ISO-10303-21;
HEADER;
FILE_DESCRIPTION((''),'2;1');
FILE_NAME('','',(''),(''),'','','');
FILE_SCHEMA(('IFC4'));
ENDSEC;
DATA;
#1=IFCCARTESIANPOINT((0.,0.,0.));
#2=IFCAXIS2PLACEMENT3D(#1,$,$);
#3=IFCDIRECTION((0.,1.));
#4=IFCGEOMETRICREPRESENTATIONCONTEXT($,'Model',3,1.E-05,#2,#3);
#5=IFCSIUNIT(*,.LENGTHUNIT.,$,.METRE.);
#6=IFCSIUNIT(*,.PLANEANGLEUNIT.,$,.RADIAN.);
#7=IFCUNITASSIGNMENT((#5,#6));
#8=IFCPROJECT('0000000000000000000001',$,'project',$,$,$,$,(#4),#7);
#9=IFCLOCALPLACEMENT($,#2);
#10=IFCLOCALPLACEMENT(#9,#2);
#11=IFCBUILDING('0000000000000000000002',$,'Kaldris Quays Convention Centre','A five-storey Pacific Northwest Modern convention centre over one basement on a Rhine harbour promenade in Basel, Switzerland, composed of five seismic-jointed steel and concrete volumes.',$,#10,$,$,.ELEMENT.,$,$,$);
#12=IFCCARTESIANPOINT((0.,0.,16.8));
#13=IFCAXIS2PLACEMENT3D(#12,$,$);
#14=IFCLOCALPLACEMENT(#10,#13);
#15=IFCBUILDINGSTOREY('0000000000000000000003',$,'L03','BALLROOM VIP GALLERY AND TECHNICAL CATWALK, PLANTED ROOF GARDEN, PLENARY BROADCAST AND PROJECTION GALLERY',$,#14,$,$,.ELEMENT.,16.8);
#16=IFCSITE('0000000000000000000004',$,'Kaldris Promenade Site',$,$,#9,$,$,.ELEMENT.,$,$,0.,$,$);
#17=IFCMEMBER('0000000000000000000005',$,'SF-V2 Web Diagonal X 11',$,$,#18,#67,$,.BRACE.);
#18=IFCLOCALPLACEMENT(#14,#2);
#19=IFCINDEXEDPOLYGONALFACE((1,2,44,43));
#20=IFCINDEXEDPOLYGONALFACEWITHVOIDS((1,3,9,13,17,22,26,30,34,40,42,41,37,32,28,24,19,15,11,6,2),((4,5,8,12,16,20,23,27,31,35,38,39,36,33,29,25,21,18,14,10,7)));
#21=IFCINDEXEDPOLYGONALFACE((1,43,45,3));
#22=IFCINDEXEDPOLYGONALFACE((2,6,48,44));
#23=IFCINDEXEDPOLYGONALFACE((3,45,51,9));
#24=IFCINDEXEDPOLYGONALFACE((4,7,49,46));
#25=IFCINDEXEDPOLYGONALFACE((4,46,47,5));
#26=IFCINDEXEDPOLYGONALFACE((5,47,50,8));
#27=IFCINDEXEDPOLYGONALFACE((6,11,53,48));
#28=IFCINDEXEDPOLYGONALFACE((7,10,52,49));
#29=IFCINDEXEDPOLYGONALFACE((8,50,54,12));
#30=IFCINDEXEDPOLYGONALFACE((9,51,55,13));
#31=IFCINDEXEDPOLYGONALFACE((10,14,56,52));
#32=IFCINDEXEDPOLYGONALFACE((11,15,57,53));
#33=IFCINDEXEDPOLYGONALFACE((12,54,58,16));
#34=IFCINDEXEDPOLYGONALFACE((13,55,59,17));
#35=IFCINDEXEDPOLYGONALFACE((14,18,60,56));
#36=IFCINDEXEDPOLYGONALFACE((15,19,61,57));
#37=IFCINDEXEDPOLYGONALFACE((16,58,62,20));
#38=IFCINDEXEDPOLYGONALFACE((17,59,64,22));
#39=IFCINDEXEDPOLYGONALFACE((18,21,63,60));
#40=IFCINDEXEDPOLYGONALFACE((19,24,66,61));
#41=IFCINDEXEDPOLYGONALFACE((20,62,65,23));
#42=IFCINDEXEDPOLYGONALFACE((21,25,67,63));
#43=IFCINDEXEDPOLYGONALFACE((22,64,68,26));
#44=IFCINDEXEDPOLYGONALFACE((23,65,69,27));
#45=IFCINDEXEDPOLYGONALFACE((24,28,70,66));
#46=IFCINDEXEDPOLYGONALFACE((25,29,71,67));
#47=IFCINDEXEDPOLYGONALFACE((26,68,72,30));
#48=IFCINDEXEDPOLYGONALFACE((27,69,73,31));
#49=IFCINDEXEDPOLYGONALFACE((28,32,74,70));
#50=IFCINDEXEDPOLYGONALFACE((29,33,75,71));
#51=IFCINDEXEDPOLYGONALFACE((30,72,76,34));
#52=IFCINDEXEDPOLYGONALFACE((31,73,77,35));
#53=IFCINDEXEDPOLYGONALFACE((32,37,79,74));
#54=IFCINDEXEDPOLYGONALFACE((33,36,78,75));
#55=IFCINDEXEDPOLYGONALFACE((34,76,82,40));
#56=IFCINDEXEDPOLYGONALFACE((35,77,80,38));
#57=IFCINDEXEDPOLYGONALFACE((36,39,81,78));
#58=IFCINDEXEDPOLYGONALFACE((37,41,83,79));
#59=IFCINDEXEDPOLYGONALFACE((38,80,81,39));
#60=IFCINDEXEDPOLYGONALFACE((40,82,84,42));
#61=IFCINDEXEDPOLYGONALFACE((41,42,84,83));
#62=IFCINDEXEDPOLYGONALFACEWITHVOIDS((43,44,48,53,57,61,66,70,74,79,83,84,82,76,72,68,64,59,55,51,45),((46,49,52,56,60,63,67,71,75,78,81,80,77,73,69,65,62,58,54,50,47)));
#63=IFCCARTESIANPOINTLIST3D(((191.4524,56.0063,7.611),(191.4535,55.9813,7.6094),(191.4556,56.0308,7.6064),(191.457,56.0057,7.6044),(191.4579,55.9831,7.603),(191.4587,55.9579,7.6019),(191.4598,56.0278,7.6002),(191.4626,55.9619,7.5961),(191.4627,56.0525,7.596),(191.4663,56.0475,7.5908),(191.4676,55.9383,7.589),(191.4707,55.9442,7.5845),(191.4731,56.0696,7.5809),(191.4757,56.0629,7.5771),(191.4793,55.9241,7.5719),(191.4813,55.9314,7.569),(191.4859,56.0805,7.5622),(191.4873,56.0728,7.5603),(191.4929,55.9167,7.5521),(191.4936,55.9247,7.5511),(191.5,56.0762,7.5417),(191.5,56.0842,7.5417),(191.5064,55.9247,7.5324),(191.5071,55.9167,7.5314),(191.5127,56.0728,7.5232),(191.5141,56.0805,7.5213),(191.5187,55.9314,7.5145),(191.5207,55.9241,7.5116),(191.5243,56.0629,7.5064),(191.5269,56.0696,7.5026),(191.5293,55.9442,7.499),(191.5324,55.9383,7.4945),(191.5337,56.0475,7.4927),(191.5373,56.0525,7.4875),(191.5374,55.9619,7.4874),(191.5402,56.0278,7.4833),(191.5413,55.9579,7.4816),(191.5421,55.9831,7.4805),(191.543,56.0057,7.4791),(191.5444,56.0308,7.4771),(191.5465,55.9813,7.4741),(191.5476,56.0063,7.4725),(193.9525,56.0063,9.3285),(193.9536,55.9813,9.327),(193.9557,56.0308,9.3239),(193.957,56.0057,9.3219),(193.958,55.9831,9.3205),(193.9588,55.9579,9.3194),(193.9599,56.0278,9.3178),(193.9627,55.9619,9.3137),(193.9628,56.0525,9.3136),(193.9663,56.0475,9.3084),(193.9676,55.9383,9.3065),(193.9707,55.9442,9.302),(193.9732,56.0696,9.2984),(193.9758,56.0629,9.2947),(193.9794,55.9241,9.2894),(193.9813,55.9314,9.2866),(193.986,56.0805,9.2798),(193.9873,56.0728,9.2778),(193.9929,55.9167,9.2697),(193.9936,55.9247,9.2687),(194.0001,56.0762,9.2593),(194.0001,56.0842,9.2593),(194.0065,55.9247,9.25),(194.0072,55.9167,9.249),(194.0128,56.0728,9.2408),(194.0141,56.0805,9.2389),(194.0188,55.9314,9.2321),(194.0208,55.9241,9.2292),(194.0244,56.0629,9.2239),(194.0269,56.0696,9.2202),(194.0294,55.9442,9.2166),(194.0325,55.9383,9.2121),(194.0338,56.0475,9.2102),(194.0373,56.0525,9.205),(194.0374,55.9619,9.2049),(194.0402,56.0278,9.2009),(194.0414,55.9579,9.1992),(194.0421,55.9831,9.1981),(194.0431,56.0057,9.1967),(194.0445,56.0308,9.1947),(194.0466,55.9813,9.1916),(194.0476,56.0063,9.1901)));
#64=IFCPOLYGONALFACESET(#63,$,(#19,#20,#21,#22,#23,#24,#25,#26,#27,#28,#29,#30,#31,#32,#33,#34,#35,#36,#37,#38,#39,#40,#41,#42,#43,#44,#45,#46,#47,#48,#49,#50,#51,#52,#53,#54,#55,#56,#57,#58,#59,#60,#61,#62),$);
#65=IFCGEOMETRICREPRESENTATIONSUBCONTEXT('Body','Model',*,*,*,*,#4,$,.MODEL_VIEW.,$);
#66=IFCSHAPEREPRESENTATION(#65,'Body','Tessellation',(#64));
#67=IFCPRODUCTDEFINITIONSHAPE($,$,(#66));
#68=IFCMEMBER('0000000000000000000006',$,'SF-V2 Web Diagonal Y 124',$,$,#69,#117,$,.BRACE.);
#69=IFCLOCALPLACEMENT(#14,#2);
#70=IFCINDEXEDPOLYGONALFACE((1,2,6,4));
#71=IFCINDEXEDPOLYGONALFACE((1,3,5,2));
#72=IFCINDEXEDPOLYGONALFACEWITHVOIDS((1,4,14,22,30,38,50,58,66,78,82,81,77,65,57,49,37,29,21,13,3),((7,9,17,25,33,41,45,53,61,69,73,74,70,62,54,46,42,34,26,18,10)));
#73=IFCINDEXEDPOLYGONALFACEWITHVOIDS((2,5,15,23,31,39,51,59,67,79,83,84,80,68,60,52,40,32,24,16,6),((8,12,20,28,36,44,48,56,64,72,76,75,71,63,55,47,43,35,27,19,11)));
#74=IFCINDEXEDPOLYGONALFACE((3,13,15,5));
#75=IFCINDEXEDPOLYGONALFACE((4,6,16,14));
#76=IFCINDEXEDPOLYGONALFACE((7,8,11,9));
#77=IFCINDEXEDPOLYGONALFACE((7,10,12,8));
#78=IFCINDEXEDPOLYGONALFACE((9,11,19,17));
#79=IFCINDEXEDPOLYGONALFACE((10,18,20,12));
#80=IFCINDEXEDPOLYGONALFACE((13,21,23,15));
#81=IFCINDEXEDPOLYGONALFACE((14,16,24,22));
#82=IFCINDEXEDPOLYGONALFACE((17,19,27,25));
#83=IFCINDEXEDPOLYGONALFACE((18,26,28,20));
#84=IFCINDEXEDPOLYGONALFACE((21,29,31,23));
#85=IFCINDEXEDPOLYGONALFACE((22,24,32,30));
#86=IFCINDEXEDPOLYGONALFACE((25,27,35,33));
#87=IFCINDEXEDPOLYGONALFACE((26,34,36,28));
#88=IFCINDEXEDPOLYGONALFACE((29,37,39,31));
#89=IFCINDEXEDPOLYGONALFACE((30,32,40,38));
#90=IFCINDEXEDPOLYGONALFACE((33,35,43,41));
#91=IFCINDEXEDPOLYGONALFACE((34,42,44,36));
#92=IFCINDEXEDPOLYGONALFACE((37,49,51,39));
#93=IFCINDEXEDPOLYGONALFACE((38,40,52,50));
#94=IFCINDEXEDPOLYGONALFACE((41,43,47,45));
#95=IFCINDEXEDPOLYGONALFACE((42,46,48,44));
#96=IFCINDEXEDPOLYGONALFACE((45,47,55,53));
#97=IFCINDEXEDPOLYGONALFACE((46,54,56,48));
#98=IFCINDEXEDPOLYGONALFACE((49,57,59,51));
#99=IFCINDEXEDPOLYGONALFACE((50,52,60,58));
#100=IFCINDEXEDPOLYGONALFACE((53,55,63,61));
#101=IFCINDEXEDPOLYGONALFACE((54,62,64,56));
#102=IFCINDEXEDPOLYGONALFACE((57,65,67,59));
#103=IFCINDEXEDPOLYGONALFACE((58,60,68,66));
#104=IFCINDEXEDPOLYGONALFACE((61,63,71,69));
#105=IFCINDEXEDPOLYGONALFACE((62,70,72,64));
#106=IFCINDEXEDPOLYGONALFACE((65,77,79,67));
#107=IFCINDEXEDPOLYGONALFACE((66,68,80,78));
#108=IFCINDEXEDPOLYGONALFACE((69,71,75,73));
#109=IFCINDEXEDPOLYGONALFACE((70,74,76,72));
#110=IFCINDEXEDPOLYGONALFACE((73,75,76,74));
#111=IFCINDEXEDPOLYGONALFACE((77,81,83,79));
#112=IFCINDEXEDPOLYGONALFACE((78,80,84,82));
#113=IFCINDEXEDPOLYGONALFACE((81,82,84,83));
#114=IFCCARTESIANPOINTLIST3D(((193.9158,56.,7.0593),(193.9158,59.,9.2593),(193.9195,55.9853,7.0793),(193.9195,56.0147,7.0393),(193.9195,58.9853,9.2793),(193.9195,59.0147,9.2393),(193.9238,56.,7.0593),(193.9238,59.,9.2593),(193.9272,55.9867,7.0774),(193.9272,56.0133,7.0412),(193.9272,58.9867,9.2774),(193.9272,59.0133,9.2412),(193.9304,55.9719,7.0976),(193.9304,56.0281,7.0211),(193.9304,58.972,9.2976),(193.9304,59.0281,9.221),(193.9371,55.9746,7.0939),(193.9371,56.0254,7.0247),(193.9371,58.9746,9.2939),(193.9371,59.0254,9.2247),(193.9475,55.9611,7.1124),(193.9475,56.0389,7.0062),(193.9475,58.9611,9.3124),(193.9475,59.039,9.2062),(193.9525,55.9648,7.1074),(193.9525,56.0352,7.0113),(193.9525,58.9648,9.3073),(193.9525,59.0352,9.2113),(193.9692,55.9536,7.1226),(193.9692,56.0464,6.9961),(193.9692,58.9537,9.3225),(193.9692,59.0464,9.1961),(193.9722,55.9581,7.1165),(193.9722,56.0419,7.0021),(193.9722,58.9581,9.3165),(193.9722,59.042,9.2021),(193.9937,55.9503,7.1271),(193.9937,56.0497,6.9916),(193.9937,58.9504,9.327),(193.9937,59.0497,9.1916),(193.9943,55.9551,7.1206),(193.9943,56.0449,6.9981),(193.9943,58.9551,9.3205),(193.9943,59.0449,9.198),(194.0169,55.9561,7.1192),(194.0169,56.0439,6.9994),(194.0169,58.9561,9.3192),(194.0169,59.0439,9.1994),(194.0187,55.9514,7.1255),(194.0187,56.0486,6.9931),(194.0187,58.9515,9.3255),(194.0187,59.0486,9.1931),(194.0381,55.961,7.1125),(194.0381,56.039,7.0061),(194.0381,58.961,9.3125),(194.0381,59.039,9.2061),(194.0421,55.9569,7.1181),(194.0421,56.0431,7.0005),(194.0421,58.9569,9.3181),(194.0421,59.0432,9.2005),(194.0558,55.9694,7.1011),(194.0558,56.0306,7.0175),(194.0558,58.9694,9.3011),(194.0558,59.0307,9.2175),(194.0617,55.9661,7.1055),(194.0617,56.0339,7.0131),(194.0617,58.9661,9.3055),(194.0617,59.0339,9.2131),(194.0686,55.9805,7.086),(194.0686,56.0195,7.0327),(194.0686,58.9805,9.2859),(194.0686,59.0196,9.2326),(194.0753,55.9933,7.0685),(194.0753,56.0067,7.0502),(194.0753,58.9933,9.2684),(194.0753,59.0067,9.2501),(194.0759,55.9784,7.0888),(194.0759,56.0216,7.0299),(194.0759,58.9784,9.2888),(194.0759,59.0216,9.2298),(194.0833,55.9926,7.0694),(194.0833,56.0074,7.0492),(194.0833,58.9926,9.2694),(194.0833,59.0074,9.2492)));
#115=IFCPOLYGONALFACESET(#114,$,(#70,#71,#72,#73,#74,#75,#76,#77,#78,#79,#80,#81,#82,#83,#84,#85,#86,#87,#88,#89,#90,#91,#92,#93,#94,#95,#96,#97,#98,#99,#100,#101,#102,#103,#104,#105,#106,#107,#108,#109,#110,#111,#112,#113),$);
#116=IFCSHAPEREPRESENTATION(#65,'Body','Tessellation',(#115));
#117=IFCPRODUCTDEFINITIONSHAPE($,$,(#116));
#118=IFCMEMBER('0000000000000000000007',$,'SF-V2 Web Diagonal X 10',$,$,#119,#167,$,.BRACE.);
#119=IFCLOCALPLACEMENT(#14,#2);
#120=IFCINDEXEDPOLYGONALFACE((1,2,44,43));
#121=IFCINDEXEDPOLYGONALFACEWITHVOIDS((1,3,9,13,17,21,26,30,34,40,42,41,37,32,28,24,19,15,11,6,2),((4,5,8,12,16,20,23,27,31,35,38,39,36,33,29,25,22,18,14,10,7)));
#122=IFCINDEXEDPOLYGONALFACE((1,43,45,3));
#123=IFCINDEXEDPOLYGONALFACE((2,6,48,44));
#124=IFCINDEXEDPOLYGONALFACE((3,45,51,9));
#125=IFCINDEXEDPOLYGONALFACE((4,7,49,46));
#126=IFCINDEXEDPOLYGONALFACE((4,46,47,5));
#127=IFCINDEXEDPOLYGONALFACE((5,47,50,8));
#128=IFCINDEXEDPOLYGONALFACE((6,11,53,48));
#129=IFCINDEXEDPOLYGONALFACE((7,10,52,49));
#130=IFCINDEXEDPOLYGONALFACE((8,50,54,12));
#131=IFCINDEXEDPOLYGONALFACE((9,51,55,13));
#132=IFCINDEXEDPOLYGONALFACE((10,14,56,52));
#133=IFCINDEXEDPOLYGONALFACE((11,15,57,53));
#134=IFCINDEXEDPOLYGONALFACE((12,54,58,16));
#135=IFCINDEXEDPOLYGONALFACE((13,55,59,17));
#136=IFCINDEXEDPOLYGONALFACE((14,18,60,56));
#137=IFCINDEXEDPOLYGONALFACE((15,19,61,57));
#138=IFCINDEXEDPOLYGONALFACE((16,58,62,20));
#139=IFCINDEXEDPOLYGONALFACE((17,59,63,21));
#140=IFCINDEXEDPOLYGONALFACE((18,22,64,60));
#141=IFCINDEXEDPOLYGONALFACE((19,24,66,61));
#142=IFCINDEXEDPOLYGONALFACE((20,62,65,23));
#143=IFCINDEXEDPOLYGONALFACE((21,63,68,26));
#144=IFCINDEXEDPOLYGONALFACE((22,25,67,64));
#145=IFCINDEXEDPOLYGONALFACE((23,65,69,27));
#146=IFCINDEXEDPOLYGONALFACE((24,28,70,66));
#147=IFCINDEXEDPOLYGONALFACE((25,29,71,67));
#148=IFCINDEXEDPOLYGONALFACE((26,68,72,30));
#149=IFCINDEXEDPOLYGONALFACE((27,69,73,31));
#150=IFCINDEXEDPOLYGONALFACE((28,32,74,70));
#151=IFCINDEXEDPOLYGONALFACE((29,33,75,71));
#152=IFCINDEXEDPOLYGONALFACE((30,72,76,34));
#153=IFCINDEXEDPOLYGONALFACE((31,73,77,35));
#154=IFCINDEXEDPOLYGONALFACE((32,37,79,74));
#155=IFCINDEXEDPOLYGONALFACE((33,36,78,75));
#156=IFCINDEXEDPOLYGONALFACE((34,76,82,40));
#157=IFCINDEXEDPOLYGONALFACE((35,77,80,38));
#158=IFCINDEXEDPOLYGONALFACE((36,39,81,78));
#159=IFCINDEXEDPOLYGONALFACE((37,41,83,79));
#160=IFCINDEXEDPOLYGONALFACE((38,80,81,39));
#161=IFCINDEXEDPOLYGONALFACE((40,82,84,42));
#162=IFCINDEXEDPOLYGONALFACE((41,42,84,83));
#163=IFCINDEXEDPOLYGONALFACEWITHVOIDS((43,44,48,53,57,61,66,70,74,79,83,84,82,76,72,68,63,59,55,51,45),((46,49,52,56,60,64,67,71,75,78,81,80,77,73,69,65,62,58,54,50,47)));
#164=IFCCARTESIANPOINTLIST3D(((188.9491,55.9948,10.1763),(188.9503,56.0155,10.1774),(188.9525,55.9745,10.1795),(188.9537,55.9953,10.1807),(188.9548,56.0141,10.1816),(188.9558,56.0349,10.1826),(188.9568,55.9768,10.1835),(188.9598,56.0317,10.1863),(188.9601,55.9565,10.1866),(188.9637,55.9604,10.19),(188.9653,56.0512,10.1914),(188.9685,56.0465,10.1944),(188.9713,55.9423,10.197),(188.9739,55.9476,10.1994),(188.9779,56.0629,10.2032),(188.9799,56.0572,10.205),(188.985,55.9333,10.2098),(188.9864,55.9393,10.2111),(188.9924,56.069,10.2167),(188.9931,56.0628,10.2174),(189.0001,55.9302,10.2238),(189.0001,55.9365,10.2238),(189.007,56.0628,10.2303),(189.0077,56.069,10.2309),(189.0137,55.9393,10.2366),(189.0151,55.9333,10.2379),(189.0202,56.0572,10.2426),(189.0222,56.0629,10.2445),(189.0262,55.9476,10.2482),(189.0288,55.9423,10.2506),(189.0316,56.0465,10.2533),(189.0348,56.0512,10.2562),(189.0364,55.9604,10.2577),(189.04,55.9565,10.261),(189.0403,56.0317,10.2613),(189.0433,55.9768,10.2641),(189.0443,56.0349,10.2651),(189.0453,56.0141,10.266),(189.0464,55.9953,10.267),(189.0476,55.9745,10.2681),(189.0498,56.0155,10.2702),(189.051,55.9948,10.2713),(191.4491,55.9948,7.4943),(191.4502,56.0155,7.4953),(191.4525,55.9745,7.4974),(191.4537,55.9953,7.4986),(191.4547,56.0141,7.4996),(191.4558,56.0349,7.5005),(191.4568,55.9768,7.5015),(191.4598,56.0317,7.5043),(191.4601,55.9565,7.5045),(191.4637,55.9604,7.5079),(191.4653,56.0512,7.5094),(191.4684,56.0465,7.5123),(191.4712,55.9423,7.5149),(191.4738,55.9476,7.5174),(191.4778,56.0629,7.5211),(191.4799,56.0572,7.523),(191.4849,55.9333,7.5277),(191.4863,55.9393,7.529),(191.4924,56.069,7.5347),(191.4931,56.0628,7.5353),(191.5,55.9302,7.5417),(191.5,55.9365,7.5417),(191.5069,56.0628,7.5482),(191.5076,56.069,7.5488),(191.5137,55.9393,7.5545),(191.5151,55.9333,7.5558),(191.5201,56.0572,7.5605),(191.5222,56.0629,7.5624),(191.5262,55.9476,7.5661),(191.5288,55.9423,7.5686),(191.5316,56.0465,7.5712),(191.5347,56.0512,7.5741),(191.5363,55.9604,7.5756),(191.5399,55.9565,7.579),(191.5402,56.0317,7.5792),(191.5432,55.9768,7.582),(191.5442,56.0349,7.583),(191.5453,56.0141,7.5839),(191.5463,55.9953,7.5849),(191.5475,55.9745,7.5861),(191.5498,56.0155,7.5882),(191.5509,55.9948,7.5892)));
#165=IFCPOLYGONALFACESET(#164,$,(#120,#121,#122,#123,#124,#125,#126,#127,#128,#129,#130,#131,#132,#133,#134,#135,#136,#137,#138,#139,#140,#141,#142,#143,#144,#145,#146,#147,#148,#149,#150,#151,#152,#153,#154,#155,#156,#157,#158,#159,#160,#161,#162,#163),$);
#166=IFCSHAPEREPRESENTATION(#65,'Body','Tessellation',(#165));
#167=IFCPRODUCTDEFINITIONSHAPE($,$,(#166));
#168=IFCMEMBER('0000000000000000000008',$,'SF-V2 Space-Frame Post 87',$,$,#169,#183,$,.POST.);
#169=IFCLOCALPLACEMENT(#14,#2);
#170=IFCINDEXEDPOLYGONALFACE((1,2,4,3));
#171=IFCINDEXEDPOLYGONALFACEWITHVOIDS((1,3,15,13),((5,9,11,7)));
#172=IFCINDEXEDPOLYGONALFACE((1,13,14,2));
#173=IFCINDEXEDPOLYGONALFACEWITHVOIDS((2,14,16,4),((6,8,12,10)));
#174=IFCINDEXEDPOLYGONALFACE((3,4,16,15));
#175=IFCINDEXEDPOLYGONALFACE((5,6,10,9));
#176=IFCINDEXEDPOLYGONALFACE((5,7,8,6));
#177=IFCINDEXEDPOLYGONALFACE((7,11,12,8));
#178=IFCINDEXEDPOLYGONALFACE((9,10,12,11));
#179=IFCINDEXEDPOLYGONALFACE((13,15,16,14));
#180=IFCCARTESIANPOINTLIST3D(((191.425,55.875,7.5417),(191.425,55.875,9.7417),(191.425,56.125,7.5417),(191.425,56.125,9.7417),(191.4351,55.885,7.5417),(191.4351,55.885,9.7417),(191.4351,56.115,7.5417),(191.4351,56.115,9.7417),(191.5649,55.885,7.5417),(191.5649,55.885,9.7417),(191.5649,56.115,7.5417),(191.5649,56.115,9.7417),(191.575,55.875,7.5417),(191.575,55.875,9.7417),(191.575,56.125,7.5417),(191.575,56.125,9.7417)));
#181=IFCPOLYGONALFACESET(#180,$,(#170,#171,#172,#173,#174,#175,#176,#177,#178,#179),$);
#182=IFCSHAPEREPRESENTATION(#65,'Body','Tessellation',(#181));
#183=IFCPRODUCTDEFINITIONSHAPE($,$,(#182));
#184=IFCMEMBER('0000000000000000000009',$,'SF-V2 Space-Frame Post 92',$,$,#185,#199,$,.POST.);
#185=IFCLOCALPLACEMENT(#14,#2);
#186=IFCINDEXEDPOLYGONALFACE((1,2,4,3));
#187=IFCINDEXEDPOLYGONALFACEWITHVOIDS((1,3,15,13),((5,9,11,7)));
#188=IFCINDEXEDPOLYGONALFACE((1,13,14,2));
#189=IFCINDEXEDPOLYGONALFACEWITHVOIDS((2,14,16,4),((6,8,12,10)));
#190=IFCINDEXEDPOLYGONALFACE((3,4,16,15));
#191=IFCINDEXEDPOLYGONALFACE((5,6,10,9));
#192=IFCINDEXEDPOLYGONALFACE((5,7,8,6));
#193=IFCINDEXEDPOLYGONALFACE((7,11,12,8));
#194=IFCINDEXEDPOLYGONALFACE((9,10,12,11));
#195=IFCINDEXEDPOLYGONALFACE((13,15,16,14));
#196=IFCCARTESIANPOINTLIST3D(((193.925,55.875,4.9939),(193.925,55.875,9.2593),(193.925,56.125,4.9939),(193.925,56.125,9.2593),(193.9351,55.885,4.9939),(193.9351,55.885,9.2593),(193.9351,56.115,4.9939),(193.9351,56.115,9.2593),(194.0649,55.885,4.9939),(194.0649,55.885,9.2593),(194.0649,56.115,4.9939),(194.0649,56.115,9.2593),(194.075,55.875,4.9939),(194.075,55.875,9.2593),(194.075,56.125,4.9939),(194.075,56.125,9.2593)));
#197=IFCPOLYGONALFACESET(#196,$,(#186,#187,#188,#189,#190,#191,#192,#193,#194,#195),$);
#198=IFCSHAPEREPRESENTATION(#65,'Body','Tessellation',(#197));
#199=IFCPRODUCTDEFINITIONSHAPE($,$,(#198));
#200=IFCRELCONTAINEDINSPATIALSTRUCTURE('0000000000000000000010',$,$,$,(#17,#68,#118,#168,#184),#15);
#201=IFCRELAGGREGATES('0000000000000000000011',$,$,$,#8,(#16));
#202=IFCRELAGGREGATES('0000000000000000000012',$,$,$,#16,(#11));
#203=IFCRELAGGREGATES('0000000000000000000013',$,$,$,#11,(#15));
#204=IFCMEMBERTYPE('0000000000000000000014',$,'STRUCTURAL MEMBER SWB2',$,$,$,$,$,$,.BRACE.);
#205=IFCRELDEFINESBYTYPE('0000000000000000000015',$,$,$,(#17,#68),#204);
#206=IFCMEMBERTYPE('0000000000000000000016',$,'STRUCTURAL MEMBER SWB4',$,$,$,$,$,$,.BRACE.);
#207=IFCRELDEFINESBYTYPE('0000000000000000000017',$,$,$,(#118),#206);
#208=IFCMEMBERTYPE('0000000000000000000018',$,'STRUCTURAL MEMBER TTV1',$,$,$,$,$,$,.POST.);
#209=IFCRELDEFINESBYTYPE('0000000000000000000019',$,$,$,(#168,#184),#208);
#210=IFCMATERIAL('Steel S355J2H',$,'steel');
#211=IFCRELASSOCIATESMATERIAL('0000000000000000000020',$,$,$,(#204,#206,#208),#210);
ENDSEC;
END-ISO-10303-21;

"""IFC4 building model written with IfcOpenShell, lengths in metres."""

from ifc_helpers import new_model, si_unit, direction, frame, origin, origin_2d, place, context, subcontext, project, spatial, hollow_rectangle, hollow_circle, extrude, material, material_profile, profile_set, type_object, element, save


model = new_model("IFC4")

# Units and contexts
model_context = context("Model", 3, precision=1e-05, world=origin(), true_north=direction((0.0, 1.0)))
body_context = subcontext(model_context, "Body", "Model", "MODEL_VIEW")
ifc_project = project(units=[si_unit("LENGTHUNIT", "METRE"), si_unit("PLANEANGLEUNIT", "RADIAN")], contexts=[model_context])

# Site, building, storey
site_placement = place(None, origin())
site = spatial("IfcSite", under=ifc_project, at=site_placement, Name="Kaldris Promenade Site", CompositionType="ELEMENT", RefElevation=0.0)
building_placement = place(site_placement, origin())
building = spatial("IfcBuilding", under=site, at=building_placement, Name="Kaldris Quays Convention Centre", Description="A five-storey Pacific Northwest Modern convention centre over one basement on a Rhine harbour promenade in Basel, Switzerland, composed of five seismic-jointed steel and concrete volumes.", CompositionType="ELEMENT")
storey_placement = place(building_placement, frame((0.0, 0.0, 16.8)))
storey = spatial("IfcBuildingStorey", under=building, at=storey_placement, Name="L03", Description="BALLROOM VIP GALLERY AND TECHNICAL CATWALK, PLANTED ROOF GARDEN, PLENARY BROADCAST AND PROJECTION GALLERY", CompositionType="ELEMENT", Elevation=16.8)

# Members
ifc_material_1 = material(Name="Steel S355J2H", Category="steel")
ifc_material_profile_1 = material_profile(ifc_material_1, hollow_circle(Radius=0.0842, WallThickness=0.0081, at=origin_2d()), Name="CHS 168.3x8")
ifc_profile_set_1 = profile_set([ifc_material_profile_1], Name="Steel S355J2H")
member_type_1 = type_object("IfcMemberType", Name="STRUCTURAL MEMBER SWB2", PredefinedType="BRACE", material=ifc_profile_set_1)
member_1_placement = place(storey_placement, frame((191.5, 56.0, 7.5417), z_axis=(0.82423, 0.0, 0.566256), x_axis=(0.0, 1.0, 0.0)))
element("IfcMember", 1, at=member_1_placement, inside=storey, type_object=member_type_1, Name="SF-V2 Web Diagonal X 11", PredefinedType="BRACE", context=body_context, shape_type="SweptSolid", body=[
    extrude(hollow_circle(Radius=0.0842, WallThickness=0.0081, at=origin_2d()), origin(), (0.0, 0.0, 1.0), 3.0332),
])
member_2_placement = place(storey_placement, frame((194.0, 56.0, 7.0593), z_axis=(0.0, 0.806411, 0.591355), x_axis=(-1.0, 0.0, 0.0)))
element("IfcMember", 2, at=member_2_placement, inside=storey, type_object=member_type_1, Name="SF-V2 Web Diagonal Y 124", PredefinedType="BRACE", context=body_context, shape_type="SweptSolid", body=[
    extrude(hollow_circle(Radius=0.0842, WallThickness=0.0081, at=origin_2d()), origin(), (0.0, 0.0, 1.0), 3.7202),
])
ifc_material_profile_2 = material_profile(ifc_material_1, hollow_circle(Radius=0.0698, WallThickness=0.0063, at=origin_2d()), Name="CHS 139.7x6.3")
ifc_profile_set_2 = profile_set([ifc_material_profile_2], Name="Steel S355J2H")
member_type_2 = type_object("IfcMemberType", Name="STRUCTURAL MEMBER SWB4", PredefinedType="BRACE", material=ifc_profile_set_2)
member_3_placement = place(storey_placement, frame((191.5, 56.0, 7.5417), z_axis=(-0.681834, 0.0, 0.731507), x_axis=(0.0, -1.0, 0.0)))
element("IfcMember", 3, at=member_3_placement, inside=storey, type_object=member_type_2, Name="SF-V2 Web Diagonal X 10", PredefinedType="BRACE", context=body_context, shape_type="SweptSolid", body=[
    extrude(hollow_circle(Radius=0.0698, WallThickness=0.0063, at=origin_2d()), origin(), (0.0, 0.0, 1.0), 3.6665),
])
ifc_material_profile_3 = material_profile(ifc_material_1, hollow_rectangle(XDim=0.1499, YDim=0.25, WallThickness=0.01, at=origin_2d()), Name="RHS 250x150x10")
ifc_profile_set_3 = profile_set([ifc_material_profile_3], Name="Steel S355J2H")
member_type_3 = type_object("IfcMemberType", Name="STRUCTURAL MEMBER TTV1", PredefinedType="POST", material=ifc_profile_set_3)
member_4_placement = place(storey_placement, frame((191.5, 56.0, 7.5417), z_axis=(0.0, 0.0, 1.0), x_axis=(1.0, 0.0, 0.0)))
element("IfcMember", 4, at=member_4_placement, inside=storey, type_object=member_type_3, Name="SF-V2 Space-Frame Post 87", PredefinedType="POST", context=body_context, shape_type="SweptSolid", body=[
    extrude(hollow_rectangle(XDim=0.1499, YDim=0.25, WallThickness=0.01, at=origin_2d()), origin(), (0.0, 0.0, 1.0), 2.2),
])
member_5_placement = place(storey_placement, frame((194.0, 56.0, 4.9939), z_axis=(0.0, 0.0, 1.0), x_axis=(1.0, 0.0, 0.0)))
element("IfcMember", 5, at=member_5_placement, inside=storey, type_object=member_type_3, Name="SF-V2 Space-Frame Post 92", PredefinedType="POST", context=body_context, shape_type="SweptSolid", body=[
    extrude(hollow_rectangle(XDim=0.1499, YDim=0.25, WallThickness=0.01, at=origin_2d()), origin(), (0.0, 0.0, 1.0), 4.2654),
])

save(model, "model.ifc")
